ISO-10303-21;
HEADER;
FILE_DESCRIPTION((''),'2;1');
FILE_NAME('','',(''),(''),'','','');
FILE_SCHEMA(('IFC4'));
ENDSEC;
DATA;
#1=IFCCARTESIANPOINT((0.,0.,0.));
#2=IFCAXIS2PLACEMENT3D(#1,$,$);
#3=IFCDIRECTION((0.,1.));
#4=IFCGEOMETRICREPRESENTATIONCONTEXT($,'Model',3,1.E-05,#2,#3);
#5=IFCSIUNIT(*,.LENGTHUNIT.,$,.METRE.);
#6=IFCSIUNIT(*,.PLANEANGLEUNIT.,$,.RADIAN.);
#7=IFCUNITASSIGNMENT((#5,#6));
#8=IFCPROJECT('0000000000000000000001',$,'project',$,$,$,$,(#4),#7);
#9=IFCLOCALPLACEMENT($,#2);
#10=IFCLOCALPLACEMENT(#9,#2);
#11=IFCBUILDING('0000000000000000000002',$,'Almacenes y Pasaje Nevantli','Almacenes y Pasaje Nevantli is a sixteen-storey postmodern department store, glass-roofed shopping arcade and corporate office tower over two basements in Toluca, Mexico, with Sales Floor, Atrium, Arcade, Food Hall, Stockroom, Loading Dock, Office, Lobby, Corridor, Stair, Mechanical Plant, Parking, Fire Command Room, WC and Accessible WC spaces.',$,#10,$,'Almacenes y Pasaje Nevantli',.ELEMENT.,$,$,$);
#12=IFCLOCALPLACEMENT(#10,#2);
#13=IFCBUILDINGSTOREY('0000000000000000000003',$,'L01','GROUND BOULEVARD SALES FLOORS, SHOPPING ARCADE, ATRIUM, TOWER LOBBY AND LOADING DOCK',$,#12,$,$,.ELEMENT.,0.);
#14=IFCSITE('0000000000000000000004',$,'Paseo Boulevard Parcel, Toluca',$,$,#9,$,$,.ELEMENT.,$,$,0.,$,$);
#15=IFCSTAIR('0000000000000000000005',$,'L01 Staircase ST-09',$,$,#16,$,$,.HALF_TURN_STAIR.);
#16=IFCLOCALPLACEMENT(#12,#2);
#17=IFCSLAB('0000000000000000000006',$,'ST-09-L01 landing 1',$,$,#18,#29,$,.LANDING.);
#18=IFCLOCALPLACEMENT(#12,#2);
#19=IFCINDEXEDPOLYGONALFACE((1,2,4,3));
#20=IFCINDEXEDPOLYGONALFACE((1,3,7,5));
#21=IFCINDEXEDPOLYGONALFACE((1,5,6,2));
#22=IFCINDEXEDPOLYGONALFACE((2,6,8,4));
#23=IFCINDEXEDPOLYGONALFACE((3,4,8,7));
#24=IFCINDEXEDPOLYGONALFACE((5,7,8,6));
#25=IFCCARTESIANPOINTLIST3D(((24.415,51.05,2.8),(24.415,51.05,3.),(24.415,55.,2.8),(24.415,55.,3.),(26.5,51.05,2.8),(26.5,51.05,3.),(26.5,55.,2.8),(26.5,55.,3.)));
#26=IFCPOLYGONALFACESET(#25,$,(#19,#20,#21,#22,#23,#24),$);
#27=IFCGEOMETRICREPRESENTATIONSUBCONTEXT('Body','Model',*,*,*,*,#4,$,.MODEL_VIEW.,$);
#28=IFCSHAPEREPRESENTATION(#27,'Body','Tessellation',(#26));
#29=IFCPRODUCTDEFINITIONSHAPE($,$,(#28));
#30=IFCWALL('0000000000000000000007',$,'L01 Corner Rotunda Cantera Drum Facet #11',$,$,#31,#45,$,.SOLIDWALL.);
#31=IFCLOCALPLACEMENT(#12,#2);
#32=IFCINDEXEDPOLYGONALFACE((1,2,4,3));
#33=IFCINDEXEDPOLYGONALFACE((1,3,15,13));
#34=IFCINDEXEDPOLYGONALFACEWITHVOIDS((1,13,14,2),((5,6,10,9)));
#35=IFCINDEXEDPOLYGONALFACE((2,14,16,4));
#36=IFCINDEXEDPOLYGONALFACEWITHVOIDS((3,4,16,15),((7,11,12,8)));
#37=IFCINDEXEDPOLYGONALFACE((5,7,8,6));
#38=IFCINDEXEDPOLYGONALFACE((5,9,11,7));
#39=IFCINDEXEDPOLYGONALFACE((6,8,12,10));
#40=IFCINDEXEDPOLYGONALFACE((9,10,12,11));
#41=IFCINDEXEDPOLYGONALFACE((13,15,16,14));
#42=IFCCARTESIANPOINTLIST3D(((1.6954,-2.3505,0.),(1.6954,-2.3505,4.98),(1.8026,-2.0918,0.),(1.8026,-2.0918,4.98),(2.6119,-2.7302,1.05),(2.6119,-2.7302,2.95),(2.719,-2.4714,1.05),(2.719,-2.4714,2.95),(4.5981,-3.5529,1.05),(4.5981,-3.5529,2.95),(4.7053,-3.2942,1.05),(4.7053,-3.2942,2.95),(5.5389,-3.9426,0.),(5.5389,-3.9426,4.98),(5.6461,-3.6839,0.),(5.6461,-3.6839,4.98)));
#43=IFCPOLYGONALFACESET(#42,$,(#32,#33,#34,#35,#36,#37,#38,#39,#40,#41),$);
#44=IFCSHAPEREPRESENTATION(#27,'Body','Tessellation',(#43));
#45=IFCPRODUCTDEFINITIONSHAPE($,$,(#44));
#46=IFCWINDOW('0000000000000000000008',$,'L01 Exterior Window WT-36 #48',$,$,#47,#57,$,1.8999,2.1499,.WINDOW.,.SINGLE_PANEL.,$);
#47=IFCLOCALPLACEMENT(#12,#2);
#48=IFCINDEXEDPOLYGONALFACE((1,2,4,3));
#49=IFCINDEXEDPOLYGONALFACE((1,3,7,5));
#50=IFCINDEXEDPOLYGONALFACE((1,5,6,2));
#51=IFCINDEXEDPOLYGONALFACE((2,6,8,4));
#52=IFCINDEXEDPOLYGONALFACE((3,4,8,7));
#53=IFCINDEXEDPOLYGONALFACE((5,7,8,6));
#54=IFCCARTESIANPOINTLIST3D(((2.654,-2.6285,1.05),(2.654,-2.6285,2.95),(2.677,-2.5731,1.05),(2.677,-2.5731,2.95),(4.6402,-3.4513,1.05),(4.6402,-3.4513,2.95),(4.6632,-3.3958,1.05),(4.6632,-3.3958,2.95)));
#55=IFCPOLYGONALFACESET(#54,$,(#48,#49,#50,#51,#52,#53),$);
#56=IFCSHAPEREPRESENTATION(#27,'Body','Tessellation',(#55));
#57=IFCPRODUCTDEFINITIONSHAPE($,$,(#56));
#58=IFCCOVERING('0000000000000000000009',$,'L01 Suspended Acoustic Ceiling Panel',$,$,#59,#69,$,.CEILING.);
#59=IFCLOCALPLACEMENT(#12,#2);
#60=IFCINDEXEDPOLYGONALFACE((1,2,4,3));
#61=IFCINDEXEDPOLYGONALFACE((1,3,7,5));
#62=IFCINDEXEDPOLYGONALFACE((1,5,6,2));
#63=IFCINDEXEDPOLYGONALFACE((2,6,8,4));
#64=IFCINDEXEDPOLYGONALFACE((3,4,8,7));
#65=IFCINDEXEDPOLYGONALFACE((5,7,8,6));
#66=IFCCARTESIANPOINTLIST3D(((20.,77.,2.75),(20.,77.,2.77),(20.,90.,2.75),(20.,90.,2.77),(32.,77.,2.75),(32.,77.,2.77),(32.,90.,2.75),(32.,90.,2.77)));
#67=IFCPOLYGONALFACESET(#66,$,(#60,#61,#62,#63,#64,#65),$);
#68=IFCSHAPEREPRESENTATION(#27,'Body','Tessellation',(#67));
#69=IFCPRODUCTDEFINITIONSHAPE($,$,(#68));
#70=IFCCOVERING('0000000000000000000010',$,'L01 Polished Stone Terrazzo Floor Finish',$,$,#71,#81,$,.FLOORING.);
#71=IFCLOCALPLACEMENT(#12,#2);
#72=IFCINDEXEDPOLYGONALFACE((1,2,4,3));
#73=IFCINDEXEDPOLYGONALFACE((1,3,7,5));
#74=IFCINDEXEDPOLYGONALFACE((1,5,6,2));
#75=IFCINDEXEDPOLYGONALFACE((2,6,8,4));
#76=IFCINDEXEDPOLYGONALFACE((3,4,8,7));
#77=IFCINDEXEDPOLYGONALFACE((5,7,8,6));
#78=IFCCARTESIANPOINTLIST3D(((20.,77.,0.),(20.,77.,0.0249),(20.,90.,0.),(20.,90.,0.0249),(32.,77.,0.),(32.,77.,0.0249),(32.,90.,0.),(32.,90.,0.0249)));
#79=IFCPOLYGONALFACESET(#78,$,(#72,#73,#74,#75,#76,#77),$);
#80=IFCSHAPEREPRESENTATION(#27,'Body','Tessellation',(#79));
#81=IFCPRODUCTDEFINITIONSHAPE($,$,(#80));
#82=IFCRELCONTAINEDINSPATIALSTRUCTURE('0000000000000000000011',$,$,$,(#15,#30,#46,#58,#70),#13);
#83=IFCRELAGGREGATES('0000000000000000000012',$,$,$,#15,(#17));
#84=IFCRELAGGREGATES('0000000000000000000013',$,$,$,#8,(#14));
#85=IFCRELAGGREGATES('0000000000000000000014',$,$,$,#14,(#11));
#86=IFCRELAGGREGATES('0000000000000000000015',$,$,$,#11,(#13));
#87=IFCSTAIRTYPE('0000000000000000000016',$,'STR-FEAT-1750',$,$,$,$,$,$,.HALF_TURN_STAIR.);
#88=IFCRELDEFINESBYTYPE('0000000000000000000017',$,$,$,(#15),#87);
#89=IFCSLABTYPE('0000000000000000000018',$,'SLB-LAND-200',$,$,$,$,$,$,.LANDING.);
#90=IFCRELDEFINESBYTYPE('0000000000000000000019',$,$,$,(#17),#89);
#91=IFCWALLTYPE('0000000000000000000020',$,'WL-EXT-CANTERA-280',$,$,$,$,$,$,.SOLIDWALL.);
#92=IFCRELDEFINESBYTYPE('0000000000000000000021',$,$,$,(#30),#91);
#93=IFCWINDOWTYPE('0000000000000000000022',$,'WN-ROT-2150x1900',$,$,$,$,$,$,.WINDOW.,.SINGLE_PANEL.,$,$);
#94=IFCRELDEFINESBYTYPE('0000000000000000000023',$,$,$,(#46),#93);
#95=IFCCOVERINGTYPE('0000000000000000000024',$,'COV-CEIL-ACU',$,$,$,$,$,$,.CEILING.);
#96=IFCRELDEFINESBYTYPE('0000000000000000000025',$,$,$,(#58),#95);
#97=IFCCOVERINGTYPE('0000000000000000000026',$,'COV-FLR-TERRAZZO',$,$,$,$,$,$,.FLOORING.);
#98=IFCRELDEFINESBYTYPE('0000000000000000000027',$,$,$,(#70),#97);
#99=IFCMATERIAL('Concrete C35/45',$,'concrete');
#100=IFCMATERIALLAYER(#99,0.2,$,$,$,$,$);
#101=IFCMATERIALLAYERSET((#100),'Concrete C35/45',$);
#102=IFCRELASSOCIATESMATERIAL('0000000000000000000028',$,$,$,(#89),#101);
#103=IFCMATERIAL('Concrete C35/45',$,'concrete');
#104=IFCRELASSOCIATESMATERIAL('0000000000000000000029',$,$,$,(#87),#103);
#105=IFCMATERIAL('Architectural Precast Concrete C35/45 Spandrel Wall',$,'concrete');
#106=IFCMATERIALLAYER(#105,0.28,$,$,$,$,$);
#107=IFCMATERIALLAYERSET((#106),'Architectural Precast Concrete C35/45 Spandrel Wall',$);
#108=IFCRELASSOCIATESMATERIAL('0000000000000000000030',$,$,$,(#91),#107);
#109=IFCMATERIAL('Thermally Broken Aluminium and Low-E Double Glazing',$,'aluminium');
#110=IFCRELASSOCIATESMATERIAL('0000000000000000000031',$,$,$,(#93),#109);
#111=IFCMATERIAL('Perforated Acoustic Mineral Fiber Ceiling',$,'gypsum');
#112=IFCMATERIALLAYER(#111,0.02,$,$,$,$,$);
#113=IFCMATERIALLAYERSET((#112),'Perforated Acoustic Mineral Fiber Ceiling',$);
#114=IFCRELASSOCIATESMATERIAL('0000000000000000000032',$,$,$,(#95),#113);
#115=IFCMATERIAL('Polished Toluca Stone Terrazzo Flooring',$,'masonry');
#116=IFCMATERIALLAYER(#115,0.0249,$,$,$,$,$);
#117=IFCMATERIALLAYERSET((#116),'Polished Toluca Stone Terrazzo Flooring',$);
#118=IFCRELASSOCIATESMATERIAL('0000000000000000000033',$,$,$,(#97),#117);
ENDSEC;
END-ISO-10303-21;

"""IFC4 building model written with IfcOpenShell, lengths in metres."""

from ifc_helpers import new_model, si_unit, direction, frame, frame_2d, origin, place, context, subcontext, project, spatial, polyline, rectangle, outline, extrude, material, layer, layer_set, type_object, element, fill, aggregate, save


model = new_model("IFC4")

# Units and contexts
model_context = context("Model", 3, precision=1e-05, world=origin(), true_north=direction((0.0, 1.0)))
body_context = subcontext(model_context, "Body", "Model", "MODEL_VIEW")
ifc_project = project(units=[si_unit("LENGTHUNIT", "METRE"), si_unit("PLANEANGLEUNIT", "RADIAN")], contexts=[model_context])

# Site, building, storey
site_placement = place(None, origin())
site = spatial("IfcSite", under=ifc_project, at=site_placement, Name="Paseo Boulevard Parcel, Toluca", CompositionType="ELEMENT", RefElevation=0.0)
building_placement = place(site_placement, origin())
building = spatial("IfcBuilding", under=site, at=building_placement, Name="Almacenes y Pasaje Nevantli", Description="Almacenes y Pasaje Nevantli is a sixteen-storey postmodern department store, glass-roofed shopping arcade and corporate office tower over two basements in Toluca, Mexico, with Sales Floor, Atrium, Arcade, Food Hall, Stockroom, Loading Dock, Office, Lobby, Corridor, Stair, Mechanical Plant, Parking, Fire Command Room, WC and Accessible WC spaces.", LongName="Almacenes y Pasaje Nevantli", CompositionType="ELEMENT")
storey_placement = place(building_placement, origin())
storey = spatial("IfcBuildingStorey", under=building, at=storey_placement, Name="L01", Description="GROUND BOULEVARD SALES FLOORS, SHOPPING ARCADE, ATRIUM, TOWER LOBBY AND LOADING DOCK", CompositionType="ELEMENT", Elevation=0.0)

# Stair, slab
ifc_material_1 = material(Name="Concrete C35/45", Category="concrete")
ifc_layer_1 = layer(ifc_material_1, 0.2)
ifc_layer_set_1 = layer_set([ifc_layer_1], Name="Concrete C35/45")
slab_type_1 = type_object("IfcSlabType", Name="SLB-LAND-200", PredefinedType="LANDING", material=ifc_layer_set_1)
ifc_material_2 = material(Name="Concrete C35/45", Category="concrete")
stair_type_1 = type_object("IfcStairType", Name="STR-FEAT-1750", PredefinedType="HALF_TURN_STAIR", material=ifc_material_2)
stair_1_placement = place(storey_placement, origin())
stair_1 = element("IfcStair", 1, at=stair_1_placement, inside=storey, type_object=stair_type_1, Name="L01 Staircase ST-09", PredefinedType="HALF_TURN_STAIR")
slab_1_placement = place(storey_placement, frame((0.0, 0.0, 2.8)))
slab_1 = element("IfcSlab", 2, at=slab_1_placement, type_object=slab_type_1, Name="ST-09-L01 landing 1", PredefinedType="LANDING", context=body_context, shape_type="SweptSolid", body=[
    extrude(outline(polyline([(24.415, 51.05), (26.5, 51.05), (26.5, 55.0), (24.415, 55.0), (24.415, 51.05)])), origin(), (0.0, 0.0, 1.0), 0.2),
])
aggregate(stair_1, [slab_1])

# Wall, opening, window
ifc_material_3 = material(Name="Architectural Precast Concrete C35/45 Spandrel Wall", Category="concrete")
ifc_layer_2 = layer(ifc_material_3, 0.28)
ifc_layer_set_2 = layer_set([ifc_layer_2], Name="Architectural Precast Concrete C35/45 Spandrel Wall")
wall_type = type_object("IfcWallType", Name="WL-EXT-CANTERA-280", PredefinedType="SOLIDWALL", material=ifc_layer_set_2)
wall_placement = place(storey_placement, frame((1.749, -2.2212, 0.0), z_axis=(0.0, 0.0, 1.0), x_axis=(0.923879, -0.382685, 0.0)))
wall = element("IfcWall", 3, at=wall_placement, inside=storey, type_object=wall_type, Name="L01 Corner Rotunda Cantera Drum Facet #11", PredefinedType="SOLIDWALL", context=body_context, shape_type="SweptSolid", body=[
    extrude(rectangle(XDim=4.1602, YDim=0.28, at=frame_2d((2.0801, 0.0))), origin(), (0.0, 0.0, 1.0), 4.98),
])
opening_placement = place(wall_placement, frame((0.9919, 0.0, 1.05)))
opening = element("IfcOpeningElement", 4, at=opening_placement, cuts=wall, PredefinedType="OPENING", context=body_context, shape_type="SweptSolid", body=[
    extrude(rectangle(XDim=2.1499, YDim=1.8999, at=frame_2d((1.075, 0.95))), frame((0.0, 0.1499, 0.0), z_axis=(0.0, -1.0, 0.0), x_axis=(1.0, 0.0, 0.0)), (0.0, 0.0, 1.0), 0.3),
])
ifc_material_4 = material(Name="Thermally Broken Aluminium and Low-E Double Glazing", Category="aluminium")
window_type = type_object("IfcWindowType", Name="WN-ROT-2150x1900", PartitioningType="SINGLE_PANEL", PredefinedType="WINDOW", material=ifc_material_4)
window_placement = place(opening_placement, origin())
window = element("IfcWindow", 5, at=window_placement, inside=storey, type_object=window_type, Name="L01 Exterior Window WT-36 #48", OverallHeight=1.8999, OverallWidth=2.1499, PartitioningType="SINGLE_PANEL", PredefinedType="WINDOW", context=body_context, shape_type="SweptSolid", body=[
    extrude(rectangle(XDim=2.1499, YDim=1.8999, at=frame_2d((1.075, 0.95))), frame((0.0, 0.03, 0.0), z_axis=(0.0, -1.0, 0.0), x_axis=(1.0, 0.0, 0.0)), (0.0, 0.0, 1.0), 0.0601),
])
fill(opening, window)

# Coverings
ifc_material_5 = material(Name="Perforated Acoustic Mineral Fiber Ceiling", Category="gypsum")
ifc_layer_3 = layer(ifc_material_5, 0.02)
ifc_layer_set_3 = layer_set([ifc_layer_3], Name="Perforated Acoustic Mineral Fiber Ceiling")
covering_type_1 = type_object("IfcCoveringType", Name="COV-CEIL-ACU", PredefinedType="CEILING", material=ifc_layer_set_3)
covering_1_placement = place(storey_placement, frame((0.0, 0.0, 2.75)))
element("IfcCovering", 6, at=covering_1_placement, inside=storey, type_object=covering_type_1, Name="L01 Suspended Acoustic Ceiling Panel", PredefinedType="CEILING", context=body_context, shape_type="SweptSolid", body=[
    extrude(outline(polyline([(20.0, 77.0), (32.0, 77.0), (32.0, 90.0), (20.0, 90.0), (20.0, 77.0)])), origin(), (0.0, 0.0, 1.0), 0.02),
])
ifc_material_6 = material(Name="Polished Toluca Stone Terrazzo Flooring", Category="masonry")
ifc_layer_4 = layer(ifc_material_6, 0.0249)
ifc_layer_set_4 = layer_set([ifc_layer_4], Name="Polished Toluca Stone Terrazzo Flooring")
covering_type_2 = type_object("IfcCoveringType", Name="COV-FLR-TERRAZZO", PredefinedType="FLOORING", material=ifc_layer_set_4)
covering_2_placement = place(storey_placement, origin())
element("IfcCovering", 7, at=covering_2_placement, inside=storey, type_object=covering_type_2, Name="L01 Polished Stone Terrazzo Floor Finish", PredefinedType="FLOORING", context=body_context, shape_type="SweptSolid", body=[
    extrude(outline(polyline([(20.0, 77.0), (32.0, 77.0), (32.0, 90.0), (20.0, 90.0), (20.0, 77.0)])), origin(), (0.0, 0.0, 1.0), 0.0249),
])

save(model, "model.ifc")
